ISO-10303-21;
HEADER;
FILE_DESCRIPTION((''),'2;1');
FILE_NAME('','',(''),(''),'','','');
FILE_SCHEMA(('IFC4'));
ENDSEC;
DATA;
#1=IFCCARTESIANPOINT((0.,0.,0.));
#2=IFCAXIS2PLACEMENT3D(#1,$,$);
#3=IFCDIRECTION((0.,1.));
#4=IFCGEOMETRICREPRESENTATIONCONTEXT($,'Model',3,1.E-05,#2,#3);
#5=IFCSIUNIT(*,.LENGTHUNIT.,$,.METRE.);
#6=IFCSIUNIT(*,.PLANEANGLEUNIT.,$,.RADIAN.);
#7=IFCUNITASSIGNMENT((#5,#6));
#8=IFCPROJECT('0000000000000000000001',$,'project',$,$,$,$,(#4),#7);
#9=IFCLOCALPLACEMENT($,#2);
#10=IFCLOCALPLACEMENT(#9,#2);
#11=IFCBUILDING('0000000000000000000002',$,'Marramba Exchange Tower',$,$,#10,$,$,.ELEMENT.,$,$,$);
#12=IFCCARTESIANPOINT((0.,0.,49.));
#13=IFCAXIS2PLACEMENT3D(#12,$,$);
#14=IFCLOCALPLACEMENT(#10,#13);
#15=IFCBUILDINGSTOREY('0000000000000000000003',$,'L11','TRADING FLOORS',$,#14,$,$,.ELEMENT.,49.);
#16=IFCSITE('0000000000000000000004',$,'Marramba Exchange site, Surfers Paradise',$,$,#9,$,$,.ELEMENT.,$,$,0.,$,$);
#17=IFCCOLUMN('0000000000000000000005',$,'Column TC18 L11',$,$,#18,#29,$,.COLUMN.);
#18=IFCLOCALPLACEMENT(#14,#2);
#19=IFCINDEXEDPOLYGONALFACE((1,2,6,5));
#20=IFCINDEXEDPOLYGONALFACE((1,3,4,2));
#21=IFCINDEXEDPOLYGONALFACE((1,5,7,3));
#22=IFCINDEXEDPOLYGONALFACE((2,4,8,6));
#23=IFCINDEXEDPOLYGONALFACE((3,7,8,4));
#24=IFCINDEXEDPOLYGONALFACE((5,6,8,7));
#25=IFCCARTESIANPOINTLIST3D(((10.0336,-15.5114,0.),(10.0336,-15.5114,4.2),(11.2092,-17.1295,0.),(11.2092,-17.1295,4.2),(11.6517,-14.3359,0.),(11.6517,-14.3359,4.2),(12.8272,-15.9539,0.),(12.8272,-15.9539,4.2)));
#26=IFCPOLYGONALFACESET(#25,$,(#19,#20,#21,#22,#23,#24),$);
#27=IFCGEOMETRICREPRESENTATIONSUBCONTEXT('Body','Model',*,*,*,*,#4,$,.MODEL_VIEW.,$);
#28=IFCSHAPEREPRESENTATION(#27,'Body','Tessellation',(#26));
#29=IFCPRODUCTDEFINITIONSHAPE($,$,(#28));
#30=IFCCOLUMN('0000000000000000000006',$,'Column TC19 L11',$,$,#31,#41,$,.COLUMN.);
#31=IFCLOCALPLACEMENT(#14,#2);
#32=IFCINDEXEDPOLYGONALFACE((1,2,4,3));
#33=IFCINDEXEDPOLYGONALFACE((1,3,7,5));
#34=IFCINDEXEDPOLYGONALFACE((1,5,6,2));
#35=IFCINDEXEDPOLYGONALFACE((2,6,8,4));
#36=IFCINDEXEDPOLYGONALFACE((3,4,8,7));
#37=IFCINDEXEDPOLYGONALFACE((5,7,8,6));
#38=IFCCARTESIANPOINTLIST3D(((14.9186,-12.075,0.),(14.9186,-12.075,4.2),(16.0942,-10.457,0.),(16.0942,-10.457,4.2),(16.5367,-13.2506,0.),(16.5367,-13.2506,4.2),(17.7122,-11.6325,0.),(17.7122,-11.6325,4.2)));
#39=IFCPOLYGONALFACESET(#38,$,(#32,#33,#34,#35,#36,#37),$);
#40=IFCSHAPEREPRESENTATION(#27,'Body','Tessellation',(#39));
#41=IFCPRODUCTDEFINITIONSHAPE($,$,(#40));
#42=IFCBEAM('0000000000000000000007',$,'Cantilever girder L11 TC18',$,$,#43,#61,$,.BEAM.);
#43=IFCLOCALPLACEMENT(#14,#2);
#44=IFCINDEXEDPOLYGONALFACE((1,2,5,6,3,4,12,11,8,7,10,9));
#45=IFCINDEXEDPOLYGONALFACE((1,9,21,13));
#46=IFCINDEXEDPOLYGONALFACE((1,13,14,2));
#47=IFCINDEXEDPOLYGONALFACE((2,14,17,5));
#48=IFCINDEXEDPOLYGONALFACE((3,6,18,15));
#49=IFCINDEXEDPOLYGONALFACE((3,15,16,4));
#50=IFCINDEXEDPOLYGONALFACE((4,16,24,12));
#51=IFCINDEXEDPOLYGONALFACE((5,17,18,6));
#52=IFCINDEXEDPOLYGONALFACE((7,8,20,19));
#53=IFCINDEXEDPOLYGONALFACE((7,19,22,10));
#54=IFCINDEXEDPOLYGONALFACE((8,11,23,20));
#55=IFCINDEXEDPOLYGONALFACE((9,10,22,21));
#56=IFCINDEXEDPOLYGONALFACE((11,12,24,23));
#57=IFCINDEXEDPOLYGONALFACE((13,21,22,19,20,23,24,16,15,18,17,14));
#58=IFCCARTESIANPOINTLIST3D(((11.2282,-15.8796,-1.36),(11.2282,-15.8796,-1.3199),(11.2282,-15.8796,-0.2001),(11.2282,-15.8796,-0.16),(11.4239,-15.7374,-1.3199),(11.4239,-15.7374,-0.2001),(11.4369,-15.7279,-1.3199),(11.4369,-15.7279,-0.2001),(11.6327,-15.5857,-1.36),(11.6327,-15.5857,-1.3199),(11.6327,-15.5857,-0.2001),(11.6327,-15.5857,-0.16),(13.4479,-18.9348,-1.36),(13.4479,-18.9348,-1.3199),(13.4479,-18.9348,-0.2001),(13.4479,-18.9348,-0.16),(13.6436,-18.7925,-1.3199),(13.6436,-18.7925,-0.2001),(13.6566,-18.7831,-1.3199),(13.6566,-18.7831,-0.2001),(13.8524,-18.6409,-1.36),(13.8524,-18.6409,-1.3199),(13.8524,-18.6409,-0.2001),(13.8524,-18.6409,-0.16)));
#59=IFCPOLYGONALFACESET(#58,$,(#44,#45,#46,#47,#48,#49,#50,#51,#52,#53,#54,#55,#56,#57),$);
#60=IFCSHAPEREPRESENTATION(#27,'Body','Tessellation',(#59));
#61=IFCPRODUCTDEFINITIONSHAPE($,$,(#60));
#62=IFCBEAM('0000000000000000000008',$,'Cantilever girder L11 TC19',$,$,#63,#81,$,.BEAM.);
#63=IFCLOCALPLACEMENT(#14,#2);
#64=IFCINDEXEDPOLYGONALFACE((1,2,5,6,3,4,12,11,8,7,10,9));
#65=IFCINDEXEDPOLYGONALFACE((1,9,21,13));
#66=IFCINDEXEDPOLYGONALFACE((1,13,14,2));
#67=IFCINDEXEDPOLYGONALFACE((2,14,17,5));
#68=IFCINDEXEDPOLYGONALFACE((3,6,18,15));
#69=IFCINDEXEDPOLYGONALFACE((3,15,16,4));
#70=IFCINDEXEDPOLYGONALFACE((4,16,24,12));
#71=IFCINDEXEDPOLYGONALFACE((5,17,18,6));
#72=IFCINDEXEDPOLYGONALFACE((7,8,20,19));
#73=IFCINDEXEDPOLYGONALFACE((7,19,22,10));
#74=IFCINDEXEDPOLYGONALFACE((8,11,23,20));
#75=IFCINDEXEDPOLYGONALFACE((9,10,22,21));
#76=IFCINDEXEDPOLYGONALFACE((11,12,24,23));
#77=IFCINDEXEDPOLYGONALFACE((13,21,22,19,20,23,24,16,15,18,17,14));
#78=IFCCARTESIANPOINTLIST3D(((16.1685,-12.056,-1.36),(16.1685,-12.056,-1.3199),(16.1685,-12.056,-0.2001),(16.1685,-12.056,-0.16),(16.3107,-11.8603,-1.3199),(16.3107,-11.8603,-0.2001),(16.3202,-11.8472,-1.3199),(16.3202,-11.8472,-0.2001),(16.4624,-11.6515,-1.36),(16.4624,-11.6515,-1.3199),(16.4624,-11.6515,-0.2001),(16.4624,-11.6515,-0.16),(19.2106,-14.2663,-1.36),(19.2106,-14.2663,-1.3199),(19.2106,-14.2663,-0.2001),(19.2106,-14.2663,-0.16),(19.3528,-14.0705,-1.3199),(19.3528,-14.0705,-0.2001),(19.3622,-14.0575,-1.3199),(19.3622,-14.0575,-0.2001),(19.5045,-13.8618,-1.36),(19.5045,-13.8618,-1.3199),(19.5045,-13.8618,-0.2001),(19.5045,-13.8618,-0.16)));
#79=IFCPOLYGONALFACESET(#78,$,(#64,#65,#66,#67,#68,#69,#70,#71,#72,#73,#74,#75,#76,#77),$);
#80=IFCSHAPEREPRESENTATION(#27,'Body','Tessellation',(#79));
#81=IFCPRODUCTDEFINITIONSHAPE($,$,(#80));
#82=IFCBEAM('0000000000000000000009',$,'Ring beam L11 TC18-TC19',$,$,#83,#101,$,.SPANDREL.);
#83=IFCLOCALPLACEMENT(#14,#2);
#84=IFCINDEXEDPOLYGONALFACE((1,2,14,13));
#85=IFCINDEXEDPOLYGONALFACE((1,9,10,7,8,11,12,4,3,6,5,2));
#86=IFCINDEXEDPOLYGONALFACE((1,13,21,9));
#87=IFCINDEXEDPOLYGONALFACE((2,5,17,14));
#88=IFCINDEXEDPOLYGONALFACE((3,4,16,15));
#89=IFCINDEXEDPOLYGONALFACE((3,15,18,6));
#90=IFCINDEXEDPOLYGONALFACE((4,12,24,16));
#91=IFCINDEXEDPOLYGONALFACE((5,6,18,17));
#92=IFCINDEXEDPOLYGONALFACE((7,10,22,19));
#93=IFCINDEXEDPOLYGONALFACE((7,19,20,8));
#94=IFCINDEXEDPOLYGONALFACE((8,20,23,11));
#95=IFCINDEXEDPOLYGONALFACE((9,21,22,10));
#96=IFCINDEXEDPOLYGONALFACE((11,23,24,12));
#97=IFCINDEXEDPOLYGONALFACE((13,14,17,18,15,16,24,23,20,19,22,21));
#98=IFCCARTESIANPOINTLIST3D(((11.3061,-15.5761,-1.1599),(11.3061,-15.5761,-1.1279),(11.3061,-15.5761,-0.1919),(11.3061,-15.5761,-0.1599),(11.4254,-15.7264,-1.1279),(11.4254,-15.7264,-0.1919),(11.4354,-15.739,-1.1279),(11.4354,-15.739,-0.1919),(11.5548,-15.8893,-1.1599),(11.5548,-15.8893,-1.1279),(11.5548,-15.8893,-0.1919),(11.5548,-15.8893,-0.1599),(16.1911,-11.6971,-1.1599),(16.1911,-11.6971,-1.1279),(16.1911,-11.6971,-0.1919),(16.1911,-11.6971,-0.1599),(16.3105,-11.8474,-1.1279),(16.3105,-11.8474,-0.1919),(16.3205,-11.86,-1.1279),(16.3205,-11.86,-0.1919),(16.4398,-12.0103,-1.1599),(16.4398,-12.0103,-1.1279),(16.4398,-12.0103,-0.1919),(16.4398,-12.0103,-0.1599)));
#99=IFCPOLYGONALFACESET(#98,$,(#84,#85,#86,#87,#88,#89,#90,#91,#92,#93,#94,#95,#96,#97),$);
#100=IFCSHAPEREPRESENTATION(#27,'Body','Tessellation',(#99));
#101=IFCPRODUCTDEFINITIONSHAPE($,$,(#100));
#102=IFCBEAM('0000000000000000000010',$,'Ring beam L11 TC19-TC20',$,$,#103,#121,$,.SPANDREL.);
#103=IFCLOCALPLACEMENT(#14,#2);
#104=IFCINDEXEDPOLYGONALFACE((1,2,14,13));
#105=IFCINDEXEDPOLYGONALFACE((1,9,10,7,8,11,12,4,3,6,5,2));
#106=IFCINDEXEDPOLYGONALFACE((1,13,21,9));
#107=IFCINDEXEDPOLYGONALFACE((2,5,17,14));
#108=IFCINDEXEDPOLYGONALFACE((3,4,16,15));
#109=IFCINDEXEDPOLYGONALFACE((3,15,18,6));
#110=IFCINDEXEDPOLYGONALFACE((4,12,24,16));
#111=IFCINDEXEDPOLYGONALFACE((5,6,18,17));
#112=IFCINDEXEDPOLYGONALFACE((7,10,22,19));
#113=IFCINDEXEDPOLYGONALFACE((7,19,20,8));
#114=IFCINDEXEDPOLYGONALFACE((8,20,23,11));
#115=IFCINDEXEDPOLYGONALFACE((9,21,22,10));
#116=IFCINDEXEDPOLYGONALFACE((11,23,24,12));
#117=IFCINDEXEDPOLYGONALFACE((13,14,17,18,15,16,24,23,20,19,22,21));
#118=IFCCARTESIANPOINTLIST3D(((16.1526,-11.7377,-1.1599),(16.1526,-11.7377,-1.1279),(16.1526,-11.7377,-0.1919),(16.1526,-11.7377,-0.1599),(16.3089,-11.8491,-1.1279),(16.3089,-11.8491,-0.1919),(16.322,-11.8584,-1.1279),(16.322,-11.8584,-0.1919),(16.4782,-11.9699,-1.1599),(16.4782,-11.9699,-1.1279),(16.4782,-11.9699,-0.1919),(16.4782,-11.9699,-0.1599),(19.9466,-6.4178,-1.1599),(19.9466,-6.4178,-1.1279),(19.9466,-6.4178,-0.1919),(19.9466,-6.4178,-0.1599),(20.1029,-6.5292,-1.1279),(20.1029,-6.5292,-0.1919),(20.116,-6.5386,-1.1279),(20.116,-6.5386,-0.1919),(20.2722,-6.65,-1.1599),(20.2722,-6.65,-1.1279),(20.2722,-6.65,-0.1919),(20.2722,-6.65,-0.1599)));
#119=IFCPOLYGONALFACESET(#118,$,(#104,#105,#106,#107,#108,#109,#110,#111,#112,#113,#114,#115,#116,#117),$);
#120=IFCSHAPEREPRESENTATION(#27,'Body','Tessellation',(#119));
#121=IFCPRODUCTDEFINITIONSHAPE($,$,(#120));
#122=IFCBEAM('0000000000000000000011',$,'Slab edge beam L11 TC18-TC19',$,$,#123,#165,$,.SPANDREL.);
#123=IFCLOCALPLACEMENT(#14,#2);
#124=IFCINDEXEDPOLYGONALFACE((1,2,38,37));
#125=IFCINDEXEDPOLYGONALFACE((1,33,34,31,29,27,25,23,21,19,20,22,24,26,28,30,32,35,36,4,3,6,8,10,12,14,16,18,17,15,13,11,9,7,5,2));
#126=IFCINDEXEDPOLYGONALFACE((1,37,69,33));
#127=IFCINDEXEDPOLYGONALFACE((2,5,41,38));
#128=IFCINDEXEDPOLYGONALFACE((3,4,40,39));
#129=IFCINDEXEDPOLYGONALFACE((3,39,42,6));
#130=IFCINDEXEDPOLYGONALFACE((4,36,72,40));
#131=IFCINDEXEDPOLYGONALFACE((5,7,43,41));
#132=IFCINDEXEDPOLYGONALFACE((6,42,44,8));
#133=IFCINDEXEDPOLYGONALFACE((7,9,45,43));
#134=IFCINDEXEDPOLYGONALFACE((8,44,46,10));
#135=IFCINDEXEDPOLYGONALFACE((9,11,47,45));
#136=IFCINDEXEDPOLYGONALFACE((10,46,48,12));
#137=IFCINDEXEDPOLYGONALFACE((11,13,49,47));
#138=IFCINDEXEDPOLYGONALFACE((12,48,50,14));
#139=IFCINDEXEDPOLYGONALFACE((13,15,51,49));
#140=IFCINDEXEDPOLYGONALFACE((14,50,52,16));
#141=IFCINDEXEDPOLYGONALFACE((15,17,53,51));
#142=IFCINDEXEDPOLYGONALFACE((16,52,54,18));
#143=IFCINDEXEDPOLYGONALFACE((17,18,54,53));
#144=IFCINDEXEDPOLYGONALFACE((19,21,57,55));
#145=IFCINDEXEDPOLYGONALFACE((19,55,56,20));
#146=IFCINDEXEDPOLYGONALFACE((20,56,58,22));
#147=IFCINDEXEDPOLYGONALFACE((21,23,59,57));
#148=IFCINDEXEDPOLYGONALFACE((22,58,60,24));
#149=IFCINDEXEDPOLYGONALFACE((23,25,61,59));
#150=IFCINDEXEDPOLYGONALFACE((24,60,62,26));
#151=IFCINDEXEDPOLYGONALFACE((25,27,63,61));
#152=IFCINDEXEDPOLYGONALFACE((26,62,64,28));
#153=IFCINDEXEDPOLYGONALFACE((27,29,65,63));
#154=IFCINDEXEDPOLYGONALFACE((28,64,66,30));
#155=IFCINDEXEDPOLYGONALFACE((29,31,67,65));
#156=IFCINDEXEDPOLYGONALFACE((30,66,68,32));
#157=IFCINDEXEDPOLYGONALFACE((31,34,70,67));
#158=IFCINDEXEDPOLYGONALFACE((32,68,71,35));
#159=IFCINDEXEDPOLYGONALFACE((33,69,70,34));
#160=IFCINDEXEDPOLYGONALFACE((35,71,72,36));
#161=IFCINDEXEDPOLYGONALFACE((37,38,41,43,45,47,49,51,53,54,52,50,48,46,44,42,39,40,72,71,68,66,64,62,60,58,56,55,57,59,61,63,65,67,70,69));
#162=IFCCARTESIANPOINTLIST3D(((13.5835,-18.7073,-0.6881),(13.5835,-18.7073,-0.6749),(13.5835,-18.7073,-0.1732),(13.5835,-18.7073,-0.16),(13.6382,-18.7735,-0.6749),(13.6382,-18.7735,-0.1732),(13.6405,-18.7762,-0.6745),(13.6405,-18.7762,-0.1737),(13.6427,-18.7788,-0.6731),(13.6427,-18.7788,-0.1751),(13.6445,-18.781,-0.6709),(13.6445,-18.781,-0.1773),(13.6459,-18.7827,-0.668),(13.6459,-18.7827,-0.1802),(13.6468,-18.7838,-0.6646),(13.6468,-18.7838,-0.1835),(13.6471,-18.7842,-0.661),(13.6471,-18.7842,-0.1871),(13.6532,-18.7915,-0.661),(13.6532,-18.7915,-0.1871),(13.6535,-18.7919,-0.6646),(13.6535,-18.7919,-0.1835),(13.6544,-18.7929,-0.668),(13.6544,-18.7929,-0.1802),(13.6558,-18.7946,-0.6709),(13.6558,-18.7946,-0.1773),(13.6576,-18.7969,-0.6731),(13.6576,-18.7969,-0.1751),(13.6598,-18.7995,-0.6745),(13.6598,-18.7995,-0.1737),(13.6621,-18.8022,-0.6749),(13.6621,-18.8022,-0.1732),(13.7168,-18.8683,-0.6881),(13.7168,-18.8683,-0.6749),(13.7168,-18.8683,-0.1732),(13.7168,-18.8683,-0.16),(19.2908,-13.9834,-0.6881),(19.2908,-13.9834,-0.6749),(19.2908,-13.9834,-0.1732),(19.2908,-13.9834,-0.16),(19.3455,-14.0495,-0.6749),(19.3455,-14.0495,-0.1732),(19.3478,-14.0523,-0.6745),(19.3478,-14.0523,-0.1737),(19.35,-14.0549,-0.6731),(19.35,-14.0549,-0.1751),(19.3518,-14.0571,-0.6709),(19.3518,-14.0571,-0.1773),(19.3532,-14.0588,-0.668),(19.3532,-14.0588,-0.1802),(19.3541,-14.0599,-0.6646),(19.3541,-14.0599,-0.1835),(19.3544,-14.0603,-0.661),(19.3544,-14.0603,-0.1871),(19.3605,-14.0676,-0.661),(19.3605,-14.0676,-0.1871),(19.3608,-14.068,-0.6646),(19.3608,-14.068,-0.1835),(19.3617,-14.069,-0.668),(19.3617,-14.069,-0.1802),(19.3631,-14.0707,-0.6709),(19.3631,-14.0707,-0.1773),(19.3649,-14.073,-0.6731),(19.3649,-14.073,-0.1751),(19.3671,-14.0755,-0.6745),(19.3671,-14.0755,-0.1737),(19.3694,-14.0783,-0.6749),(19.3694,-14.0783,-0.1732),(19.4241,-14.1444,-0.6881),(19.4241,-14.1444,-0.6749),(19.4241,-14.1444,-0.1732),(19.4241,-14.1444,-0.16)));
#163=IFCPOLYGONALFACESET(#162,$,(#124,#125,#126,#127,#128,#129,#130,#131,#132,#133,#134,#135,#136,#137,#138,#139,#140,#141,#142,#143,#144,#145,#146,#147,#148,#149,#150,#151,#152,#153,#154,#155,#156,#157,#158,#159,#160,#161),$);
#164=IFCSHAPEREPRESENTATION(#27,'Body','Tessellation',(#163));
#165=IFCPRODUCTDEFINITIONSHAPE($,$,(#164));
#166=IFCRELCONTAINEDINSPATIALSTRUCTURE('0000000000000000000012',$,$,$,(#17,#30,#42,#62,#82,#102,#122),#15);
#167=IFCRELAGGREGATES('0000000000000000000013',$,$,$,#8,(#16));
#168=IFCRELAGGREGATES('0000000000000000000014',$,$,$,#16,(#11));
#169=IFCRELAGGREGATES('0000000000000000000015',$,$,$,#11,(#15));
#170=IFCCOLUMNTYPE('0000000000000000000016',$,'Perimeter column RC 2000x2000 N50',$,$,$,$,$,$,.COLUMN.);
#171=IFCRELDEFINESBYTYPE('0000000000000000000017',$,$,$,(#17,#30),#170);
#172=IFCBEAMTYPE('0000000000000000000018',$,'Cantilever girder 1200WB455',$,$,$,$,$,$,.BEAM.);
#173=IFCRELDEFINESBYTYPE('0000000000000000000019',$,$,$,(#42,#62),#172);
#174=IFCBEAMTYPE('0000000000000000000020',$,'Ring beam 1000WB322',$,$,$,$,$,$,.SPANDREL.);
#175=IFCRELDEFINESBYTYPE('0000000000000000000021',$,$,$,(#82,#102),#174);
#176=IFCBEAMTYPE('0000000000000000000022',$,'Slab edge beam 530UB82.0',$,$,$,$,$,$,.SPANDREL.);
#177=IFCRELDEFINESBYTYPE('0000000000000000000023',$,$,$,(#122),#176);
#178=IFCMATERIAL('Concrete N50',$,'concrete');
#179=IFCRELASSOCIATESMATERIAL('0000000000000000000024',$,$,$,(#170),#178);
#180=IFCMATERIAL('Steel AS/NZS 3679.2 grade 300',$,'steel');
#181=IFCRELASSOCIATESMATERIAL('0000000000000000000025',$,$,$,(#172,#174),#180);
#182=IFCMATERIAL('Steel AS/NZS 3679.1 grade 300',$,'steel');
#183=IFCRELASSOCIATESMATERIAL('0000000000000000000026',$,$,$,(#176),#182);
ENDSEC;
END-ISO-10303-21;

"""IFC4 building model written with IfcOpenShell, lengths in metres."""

from ifc_helpers import new_model, si_unit, direction, frame, origin, origin_2d, place, context, subcontext, project, spatial, rectangle, i_section, extrude, material, material_profile, profile_set, type_object, element, save


model = new_model("IFC4")

# Units and contexts
model_context = context("Model", 3, precision=1e-05, world=origin(), true_north=direction((0.0, 1.0)))
body_context = subcontext(model_context, "Body", "Model", "MODEL_VIEW")
ifc_project = project(units=[si_unit("LENGTHUNIT", "METRE"), si_unit("PLANEANGLEUNIT", "RADIAN")], contexts=[model_context])

# Site, building, storey
site_placement = place(None, origin())
site = spatial("IfcSite", under=ifc_project, at=site_placement, Name="Marramba Exchange site, Surfers Paradise", CompositionType="ELEMENT", RefElevation=0.0)
building_placement = place(site_placement, origin())
building = spatial("IfcBuilding", under=site, at=building_placement, Name="Marramba Exchange Tower", CompositionType="ELEMENT")
storey_placement = place(building_placement, frame((0.0, 0.0, 49.0)))
storey = spatial("IfcBuildingStorey", under=building, at=storey_placement, Name="L11", Description="TRADING FLOORS", CompositionType="ELEMENT", Elevation=49.0)

# Columns
ifc_material_1 = material(Name="Concrete N50", Category="concrete")
ifc_material_profile_1 = material_profile(ifc_material_1, rectangle(XDim=2.0, YDim=2.0, at=origin_2d()), Name="RC 2000x2000")
ifc_profile_set_1 = profile_set([ifc_material_profile_1], Name="Concrete N50")
column_type = type_object("IfcColumnType", Name="Perimeter column RC 2000x2000 N50", PredefinedType="COLUMN", material=ifc_profile_set_1)
for number, where, z_axis, x_axis, name in (
    (1, (11.4304, -15.7327, 0.0), (0.0, 0.0, 1.0), (0.587785, -0.809017, 0.0), "Column TC18 L11"),
    (2, (16.3154, -11.8538, 0.0), (0.0, 0.0, 1.0), (0.809017, -0.587785, 0.0), "Column TC19 L11"),
):
    element("IfcColumn", number, at=place(storey_placement, frame(where, z_axis=z_axis, x_axis=x_axis)), inside=storey, type_object=column_type, Name=name, PredefinedType="COLUMN", context=body_context, shape_type="SweptSolid", body=[
        extrude(rectangle(XDim=2.0, YDim=2.0, at=origin_2d()), origin(), (0.0, 0.0, 1.0), 4.2),
    ])

# Beams
ifc_material_2 = material(Name="Steel AS/NZS 3679.2 grade 300", Category="steel")
ifc_material_profile_2 = material_profile(ifc_material_2, i_section(OverallWidth=0.5, OverallDepth=1.2, WebThickness=0.0161, FlangeThickness=0.04, at=origin_2d()), Name="1200WB455")
ifc_profile_set_2 = profile_set([ifc_material_profile_2], Name="Steel AS/NZS 3679.2 grade 300")
beam_type_1 = type_object("IfcBeamType", Name="Cantilever girder 1200WB455", PredefinedType="BEAM", material=ifc_profile_set_2)
beam_1_placement = place(storey_placement, frame((11.4304, -15.7327, -0.76), z_axis=(0.587787, -0.809016, 0.0), x_axis=(0.809016, 0.587787, 0.0)))
element("IfcBeam", 3, at=beam_1_placement, inside=storey, type_object=beam_type_1, Name="Cantilever girder L11 TC18", PredefinedType="BEAM", context=body_context, shape_type="SweptSolid", body=[
    extrude(i_section(OverallWidth=0.5, OverallDepth=1.2, WebThickness=0.0161, FlangeThickness=0.04, at=origin_2d()), origin(), (0.0, 0.0, 1.0), 3.7764),
])
beam_2_placement = place(storey_placement, frame((16.3154, -11.8538, -0.76), z_axis=(0.809008, -0.587797, 0.0), x_axis=(0.587797, 0.809008, 0.0)))
element("IfcBeam", 4, at=beam_2_placement, inside=storey, type_object=beam_type_1, Name="Cantilever girder L11 TC19", PredefinedType="BEAM", context=body_context, shape_type="SweptSolid", body=[
    extrude(i_section(OverallWidth=0.5, OverallDepth=1.2, WebThickness=0.0161, FlangeThickness=0.04, at=origin_2d()), origin(), (0.0, 0.0, 1.0), 3.7603),
])
ifc_material_profile_3 = material_profile(ifc_material_2, i_section(OverallWidth=0.3999, OverallDepth=1.0, WebThickness=0.0161, FlangeThickness=0.032, at=origin_2d()), Name="1000WB322")
ifc_profile_set_3 = profile_set([ifc_material_profile_3], Name="Steel AS/NZS 3679.2 grade 300")
beam_type_2 = type_object("IfcBeamType", Name="Ring beam 1000WB322", PredefinedType="SPANDREL", material=ifc_profile_set_3)
beam_3_placement = place(storey_placement, frame((11.4304, -15.7327, -0.6599), z_axis=(0.783139, 0.621846, 0.0), x_axis=(-0.621846, 0.783139, 0.0)))
element("IfcBeam", 5, at=beam_3_placement, inside=storey, type_object=beam_type_2, Name="Ring beam L11 TC18-TC19", PredefinedType="SPANDREL", context=body_context, shape_type="SweptSolid", body=[
    extrude(i_section(OverallWidth=0.3999, OverallDepth=1.0, WebThickness=0.0161, FlangeThickness=0.032, at=origin_2d()), origin(), (0.0, 0.0, 1.0), 6.2378),
])
beam_4_placement = place(storey_placement, frame((16.3154, -11.8538, -0.6599), z_axis=(0.580637, 0.814162, 0.0), x_axis=(-0.814162, 0.580637, 0.0)))
element("IfcBeam", 6, at=beam_4_placement, inside=storey, type_object=beam_type_2, Name="Ring beam L11 TC19-TC20", PredefinedType="SPANDREL", context=body_context, shape_type="SweptSolid", body=[
    extrude(i_section(OverallWidth=0.3999, OverallDepth=1.0, WebThickness=0.0161, FlangeThickness=0.032, at=origin_2d()), origin(), (0.0, 0.0, 1.0), 6.5342),
])
ifc_material_3 = material(Name="Steel AS/NZS 3679.1 grade 300", Category="steel")
ifc_material_profile_4 = material_profile(ifc_material_3, i_section(OverallWidth=0.209, OverallDepth=0.5281, WebThickness=0.0095, FlangeThickness=0.0132, FilletRadius=0.0139, at=origin_2d()), Name="530UB82.0")
ifc_profile_set_4 = profile_set([ifc_material_profile_4], Name="Steel AS/NZS 3679.1 grade 300")
beam_type_3 = type_object("IfcBeamType", Name="Slab edge beam 530UB82.0", PredefinedType="SPANDREL", material=ifc_profile_set_4)
beam_5_placement = place(storey_placement, frame((13.6501, -18.7878, -0.4241), z_axis=(0.770354, 0.637617, 0.0), x_axis=(-0.637617, 0.770354, 0.0)))
element("IfcBeam", 7, at=beam_5_placement, inside=storey, type_object=beam_type_3, Name="Slab edge beam L11 TC18-TC19", PredefinedType="SPANDREL", context=body_context, shape_type="SweptSolid", body=[
    extrude(i_section(OverallWidth=0.209, OverallDepth=0.5281, WebThickness=0.0095, FlangeThickness=0.0132, FilletRadius=0.0139, at=origin_2d()), origin(), (0.0, 0.0, 1.0), 7.4087),
])

save(model, "model.ifc")
